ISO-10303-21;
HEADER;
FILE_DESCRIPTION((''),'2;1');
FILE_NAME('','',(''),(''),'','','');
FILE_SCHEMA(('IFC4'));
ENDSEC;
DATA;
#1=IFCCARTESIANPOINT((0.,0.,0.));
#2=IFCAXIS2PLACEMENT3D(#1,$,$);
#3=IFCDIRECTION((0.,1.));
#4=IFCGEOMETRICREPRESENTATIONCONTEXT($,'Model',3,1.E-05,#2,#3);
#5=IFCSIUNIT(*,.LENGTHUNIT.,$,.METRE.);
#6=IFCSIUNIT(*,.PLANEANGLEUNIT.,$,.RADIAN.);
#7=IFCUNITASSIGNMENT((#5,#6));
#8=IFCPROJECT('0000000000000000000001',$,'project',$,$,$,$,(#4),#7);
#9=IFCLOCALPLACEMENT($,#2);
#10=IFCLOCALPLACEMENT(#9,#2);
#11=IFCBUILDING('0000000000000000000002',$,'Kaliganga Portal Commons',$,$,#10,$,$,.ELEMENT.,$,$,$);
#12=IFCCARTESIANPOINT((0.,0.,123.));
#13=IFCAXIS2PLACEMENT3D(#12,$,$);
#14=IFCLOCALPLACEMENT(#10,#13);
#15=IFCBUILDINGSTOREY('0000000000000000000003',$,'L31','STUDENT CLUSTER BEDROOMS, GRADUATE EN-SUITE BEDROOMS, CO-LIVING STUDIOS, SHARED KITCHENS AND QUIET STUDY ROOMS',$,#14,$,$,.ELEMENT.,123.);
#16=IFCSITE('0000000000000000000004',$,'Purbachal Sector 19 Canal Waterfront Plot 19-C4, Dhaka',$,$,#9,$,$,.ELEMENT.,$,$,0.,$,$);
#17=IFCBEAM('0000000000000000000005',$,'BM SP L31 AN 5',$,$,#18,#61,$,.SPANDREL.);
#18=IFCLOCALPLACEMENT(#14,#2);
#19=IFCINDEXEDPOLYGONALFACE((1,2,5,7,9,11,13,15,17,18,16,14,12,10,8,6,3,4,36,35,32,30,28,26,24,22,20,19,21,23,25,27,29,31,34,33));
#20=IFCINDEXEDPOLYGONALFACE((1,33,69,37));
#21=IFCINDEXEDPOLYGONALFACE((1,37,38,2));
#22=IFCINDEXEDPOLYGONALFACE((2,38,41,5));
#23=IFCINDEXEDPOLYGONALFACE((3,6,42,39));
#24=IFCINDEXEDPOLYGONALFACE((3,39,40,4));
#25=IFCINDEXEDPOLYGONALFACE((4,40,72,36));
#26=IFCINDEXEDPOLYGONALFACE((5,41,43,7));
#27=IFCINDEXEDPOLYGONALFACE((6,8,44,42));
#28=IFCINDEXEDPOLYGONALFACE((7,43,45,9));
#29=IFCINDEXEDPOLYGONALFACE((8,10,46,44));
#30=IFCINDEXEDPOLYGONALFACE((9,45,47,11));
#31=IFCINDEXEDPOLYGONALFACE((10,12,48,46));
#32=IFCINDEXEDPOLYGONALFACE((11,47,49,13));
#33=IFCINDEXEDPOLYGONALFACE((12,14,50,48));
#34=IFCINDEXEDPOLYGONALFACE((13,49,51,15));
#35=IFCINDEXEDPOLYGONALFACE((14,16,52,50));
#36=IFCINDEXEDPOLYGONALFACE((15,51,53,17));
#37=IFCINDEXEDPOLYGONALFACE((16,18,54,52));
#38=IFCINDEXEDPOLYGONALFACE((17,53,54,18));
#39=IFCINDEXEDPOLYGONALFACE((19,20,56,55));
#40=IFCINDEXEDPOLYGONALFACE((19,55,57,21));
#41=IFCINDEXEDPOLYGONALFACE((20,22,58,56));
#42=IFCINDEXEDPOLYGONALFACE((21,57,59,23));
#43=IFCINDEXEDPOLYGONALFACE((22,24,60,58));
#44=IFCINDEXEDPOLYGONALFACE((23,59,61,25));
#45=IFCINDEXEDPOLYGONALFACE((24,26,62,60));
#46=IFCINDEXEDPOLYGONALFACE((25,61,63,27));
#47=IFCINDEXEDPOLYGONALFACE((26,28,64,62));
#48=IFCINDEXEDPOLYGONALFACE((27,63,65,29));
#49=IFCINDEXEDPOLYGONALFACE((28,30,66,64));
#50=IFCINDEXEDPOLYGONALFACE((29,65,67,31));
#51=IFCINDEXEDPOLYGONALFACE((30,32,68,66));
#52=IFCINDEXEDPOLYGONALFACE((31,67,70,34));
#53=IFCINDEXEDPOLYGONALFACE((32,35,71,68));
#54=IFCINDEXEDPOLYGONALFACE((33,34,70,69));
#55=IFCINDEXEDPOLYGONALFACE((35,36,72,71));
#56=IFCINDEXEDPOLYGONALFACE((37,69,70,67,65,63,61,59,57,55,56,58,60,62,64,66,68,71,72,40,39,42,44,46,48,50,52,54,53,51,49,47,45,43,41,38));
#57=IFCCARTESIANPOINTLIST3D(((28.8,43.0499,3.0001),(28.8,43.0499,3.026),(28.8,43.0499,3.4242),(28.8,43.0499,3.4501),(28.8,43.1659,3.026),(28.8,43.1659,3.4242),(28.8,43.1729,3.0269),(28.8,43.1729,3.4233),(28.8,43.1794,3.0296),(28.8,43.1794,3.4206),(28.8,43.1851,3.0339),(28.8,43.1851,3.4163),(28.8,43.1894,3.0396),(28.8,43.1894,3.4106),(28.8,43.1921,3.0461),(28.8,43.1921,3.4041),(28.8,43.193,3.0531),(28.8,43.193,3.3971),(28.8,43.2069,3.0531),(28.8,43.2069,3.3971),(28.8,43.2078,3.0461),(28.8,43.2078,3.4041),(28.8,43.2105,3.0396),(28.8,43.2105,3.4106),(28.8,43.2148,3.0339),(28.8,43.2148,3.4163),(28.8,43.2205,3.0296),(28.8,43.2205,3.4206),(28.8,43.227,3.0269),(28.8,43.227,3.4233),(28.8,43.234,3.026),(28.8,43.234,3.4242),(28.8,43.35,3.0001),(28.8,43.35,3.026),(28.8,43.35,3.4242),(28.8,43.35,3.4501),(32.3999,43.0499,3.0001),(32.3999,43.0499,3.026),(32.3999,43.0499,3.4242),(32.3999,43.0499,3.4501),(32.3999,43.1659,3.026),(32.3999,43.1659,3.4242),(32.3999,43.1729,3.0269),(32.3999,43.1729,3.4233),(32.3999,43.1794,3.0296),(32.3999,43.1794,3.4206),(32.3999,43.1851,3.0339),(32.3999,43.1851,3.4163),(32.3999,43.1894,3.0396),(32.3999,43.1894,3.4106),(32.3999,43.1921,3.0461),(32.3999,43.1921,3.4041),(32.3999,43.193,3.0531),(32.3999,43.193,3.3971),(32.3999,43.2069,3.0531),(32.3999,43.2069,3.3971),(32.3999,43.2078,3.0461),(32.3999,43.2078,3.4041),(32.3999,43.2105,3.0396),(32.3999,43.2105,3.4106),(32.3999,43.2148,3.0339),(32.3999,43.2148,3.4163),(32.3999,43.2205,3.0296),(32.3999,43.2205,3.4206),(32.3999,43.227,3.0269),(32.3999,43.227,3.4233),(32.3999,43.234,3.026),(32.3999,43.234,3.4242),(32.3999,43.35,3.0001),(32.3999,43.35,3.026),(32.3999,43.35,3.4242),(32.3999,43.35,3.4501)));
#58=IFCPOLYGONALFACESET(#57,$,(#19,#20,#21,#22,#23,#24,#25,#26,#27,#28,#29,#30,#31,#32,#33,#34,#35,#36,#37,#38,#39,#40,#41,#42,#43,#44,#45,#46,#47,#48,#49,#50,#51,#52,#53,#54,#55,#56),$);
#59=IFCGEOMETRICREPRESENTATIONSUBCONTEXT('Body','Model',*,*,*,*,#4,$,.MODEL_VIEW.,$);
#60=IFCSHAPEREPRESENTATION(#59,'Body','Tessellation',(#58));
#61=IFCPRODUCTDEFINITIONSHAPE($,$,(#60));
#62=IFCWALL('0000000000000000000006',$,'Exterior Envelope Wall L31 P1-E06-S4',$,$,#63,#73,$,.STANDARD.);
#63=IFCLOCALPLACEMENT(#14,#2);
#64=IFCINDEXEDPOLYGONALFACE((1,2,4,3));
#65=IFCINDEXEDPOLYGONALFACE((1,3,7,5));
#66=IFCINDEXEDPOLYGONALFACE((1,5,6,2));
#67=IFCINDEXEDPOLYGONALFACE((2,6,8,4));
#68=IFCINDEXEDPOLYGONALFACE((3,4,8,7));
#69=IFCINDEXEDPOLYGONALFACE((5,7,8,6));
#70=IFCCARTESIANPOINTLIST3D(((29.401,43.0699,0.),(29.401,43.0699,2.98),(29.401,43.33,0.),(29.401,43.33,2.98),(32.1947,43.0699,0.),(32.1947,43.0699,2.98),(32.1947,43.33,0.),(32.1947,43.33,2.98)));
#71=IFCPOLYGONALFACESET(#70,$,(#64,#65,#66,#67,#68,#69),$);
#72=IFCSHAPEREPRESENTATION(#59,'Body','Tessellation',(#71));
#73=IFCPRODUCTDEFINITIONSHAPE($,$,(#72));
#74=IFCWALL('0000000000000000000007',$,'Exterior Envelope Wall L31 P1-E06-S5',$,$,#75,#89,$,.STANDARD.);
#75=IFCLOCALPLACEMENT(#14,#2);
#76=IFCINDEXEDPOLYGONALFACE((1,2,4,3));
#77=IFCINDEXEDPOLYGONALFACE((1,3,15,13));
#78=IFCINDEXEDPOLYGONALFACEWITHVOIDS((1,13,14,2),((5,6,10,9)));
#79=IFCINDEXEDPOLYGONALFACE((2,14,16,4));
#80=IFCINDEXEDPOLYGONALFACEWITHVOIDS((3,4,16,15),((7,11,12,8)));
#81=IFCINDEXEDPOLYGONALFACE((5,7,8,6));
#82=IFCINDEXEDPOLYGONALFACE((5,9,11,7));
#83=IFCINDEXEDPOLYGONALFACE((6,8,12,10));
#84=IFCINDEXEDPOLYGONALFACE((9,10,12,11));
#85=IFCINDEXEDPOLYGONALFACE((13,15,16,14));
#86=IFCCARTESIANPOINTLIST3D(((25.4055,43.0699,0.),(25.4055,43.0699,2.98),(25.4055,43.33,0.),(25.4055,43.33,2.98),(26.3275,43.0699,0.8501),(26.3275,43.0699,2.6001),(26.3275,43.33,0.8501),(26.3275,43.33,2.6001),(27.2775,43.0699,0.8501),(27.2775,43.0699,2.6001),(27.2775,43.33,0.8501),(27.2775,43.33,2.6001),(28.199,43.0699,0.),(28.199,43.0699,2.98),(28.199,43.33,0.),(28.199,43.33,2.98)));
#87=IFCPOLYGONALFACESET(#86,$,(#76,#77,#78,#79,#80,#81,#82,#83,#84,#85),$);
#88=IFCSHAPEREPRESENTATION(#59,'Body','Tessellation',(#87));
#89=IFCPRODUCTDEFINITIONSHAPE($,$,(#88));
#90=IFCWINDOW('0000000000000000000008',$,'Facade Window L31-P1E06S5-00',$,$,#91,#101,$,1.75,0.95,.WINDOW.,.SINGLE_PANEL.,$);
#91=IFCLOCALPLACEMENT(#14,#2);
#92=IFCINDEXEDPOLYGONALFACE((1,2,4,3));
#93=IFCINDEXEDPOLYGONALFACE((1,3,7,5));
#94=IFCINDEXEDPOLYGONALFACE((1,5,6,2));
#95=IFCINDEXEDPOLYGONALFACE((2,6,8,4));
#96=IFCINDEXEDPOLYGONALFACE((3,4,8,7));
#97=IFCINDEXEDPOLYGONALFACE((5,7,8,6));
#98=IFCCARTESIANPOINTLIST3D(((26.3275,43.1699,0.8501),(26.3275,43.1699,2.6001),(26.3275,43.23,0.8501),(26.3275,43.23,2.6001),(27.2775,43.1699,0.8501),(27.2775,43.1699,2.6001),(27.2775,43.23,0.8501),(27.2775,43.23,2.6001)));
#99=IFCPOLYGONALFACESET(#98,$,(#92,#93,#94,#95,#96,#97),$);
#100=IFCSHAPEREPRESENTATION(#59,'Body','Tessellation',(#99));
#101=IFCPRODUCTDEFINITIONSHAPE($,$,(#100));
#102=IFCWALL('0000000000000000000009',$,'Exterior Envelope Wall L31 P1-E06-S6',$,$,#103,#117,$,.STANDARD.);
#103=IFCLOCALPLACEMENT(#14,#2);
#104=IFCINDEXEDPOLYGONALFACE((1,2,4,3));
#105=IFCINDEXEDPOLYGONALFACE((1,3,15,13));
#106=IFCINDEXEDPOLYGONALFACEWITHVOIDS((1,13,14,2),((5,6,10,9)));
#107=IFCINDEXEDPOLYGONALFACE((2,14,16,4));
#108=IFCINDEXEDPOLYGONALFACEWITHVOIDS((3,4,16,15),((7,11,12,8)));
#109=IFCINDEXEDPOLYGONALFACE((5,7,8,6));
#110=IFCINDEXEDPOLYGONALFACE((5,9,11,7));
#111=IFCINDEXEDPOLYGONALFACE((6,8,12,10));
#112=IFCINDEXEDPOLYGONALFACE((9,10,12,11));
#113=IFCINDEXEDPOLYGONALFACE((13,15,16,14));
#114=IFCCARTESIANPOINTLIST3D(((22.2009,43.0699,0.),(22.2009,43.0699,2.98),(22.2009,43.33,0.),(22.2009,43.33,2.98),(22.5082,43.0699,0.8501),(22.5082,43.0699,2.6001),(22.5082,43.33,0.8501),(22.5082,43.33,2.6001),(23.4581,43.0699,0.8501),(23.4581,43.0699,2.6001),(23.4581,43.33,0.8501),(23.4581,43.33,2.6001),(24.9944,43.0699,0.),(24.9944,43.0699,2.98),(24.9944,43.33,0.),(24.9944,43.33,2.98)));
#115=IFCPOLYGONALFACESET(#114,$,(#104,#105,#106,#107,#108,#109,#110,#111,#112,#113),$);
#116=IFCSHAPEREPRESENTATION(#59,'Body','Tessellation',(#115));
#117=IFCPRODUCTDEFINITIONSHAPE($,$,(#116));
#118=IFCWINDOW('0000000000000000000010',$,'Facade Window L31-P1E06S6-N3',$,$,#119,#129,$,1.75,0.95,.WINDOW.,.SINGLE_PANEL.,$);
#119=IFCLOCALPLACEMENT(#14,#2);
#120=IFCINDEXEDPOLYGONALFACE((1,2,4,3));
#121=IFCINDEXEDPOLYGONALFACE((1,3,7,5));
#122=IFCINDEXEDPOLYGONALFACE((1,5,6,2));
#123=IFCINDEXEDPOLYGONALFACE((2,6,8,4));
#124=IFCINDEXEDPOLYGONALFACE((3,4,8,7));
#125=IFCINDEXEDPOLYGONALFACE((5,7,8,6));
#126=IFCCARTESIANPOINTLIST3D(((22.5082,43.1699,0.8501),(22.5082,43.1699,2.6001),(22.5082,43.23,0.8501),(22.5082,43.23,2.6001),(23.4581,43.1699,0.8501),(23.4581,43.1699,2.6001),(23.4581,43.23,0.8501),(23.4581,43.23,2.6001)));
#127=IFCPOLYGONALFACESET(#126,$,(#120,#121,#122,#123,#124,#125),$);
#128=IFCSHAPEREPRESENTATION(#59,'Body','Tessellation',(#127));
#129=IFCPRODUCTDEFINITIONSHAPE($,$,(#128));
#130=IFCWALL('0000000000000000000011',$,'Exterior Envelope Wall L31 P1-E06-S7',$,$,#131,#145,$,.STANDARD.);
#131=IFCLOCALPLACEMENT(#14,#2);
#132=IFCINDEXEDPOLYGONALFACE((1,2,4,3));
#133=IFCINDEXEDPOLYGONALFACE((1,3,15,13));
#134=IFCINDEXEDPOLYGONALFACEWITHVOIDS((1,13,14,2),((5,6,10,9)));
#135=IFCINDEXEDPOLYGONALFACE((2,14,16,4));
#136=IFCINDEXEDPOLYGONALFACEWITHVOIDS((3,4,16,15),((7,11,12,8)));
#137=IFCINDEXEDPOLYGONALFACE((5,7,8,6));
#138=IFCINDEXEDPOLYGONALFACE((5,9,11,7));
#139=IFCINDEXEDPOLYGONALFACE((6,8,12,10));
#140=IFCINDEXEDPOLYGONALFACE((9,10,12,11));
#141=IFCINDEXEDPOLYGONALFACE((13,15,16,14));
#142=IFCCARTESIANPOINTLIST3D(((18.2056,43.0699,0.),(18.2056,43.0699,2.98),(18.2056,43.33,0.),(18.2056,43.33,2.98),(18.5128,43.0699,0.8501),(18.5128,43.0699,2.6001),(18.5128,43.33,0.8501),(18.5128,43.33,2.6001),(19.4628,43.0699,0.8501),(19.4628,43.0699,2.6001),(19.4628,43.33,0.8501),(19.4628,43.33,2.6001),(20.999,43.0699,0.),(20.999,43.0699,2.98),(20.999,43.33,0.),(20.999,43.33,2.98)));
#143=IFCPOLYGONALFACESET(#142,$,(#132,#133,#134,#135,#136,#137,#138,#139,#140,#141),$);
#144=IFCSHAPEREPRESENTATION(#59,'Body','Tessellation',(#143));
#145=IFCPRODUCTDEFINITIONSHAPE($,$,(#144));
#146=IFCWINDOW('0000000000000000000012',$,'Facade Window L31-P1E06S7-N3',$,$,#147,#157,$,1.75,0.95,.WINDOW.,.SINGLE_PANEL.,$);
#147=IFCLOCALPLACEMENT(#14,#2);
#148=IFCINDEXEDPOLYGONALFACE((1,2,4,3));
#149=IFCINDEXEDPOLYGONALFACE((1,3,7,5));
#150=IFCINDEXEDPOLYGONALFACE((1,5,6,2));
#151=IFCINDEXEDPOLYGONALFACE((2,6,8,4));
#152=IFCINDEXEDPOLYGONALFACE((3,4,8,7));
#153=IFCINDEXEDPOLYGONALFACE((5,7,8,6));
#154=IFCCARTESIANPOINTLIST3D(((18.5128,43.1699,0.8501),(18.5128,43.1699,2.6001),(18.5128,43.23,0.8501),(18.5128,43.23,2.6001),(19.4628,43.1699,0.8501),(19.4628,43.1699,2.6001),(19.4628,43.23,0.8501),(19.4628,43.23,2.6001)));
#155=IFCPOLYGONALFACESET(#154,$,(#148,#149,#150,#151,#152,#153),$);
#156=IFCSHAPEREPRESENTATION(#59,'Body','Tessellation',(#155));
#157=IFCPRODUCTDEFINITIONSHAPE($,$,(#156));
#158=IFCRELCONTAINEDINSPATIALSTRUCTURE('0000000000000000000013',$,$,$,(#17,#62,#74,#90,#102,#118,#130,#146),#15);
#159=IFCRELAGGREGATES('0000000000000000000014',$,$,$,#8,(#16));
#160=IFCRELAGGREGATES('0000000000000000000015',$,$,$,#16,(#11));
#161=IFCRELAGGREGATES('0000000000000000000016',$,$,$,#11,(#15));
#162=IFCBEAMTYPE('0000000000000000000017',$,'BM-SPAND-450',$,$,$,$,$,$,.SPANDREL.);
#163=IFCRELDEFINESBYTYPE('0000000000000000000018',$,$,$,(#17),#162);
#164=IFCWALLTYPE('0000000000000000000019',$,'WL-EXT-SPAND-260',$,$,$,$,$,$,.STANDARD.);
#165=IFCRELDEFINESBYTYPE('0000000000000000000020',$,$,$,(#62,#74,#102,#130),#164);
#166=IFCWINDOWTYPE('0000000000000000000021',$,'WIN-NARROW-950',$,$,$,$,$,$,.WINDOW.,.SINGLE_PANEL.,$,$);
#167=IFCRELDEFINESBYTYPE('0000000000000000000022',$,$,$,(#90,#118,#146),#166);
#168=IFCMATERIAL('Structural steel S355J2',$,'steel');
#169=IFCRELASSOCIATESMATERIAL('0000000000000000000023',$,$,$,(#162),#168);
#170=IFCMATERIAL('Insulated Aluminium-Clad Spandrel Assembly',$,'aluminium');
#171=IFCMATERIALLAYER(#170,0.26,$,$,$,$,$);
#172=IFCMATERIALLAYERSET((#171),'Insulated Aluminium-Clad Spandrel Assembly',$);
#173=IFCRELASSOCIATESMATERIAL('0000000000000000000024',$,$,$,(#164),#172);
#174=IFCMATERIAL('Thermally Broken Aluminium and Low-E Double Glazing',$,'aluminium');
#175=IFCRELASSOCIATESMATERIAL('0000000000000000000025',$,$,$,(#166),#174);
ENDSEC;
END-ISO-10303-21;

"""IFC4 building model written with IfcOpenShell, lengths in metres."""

from ifc_helpers import new_model, si_unit, direction, frame, frame_2d, origin, origin_2d, place, context, subcontext, project, spatial, rectangle, i_section, extrude, source, transform, mapped, material, layer, layer_set, material_profile, profile_set, type_object, element, fill, save


model = new_model("IFC4")

# Units and contexts
model_context = context("Model", 3, precision=1e-05, world=origin(), true_north=direction((0.0, 1.0)))
body_context = subcontext(model_context, "Body", "Model", "MODEL_VIEW")
ifc_project = project(units=[si_unit("LENGTHUNIT", "METRE"), si_unit("PLANEANGLEUNIT", "RADIAN")], contexts=[model_context])

# Site, building, storey
site_placement = place(None, origin())
site = spatial("IfcSite", under=ifc_project, at=site_placement, Name="Purbachal Sector 19 Canal Waterfront Plot 19-C4, Dhaka", CompositionType="ELEMENT", RefElevation=0.0)
building_placement = place(site_placement, origin())
building = spatial("IfcBuilding", under=site, at=building_placement, Name="Kaliganga Portal Commons", CompositionType="ELEMENT")
storey_placement = place(building_placement, frame((0.0, 0.0, 123.0)))
storey = spatial("IfcBuildingStorey", under=building, at=storey_placement, Name="L31", Description="STUDENT CLUSTER BEDROOMS, GRADUATE EN-SUITE BEDROOMS, CO-LIVING STUDIOS, SHARED KITCHENS AND QUIET STUDY ROOMS", CompositionType="ELEMENT", Elevation=123.0)

# Beam
ifc_material_1 = material(Name="Structural steel S355J2", Category="steel")
ifc_material_profile_1 = material_profile(ifc_material_1, i_section(OverallWidth=0.3, OverallDepth=0.45, WebThickness=0.0139, FlangeThickness=0.0259, FilletRadius=0.0271, at=origin_2d()), Name="HE 450 B")
ifc_profile_set_1 = profile_set([ifc_material_profile_1], Name="Structural steel S355J2 wide-flange")
beam_type_1 = type_object("IfcBeamType", Name="BM-SPAND-450", PredefinedType="SPANDREL", material=ifc_profile_set_1)
shared_shape_1 = source(origin(), body_context, "Body", "SweptSolid", [
    extrude(i_section(OverallWidth=0.3, OverallDepth=0.45, WebThickness=0.0139, FlangeThickness=0.0259, FilletRadius=0.0271, at=origin_2d()), origin(), (0.0, 0.0, 1.0), 3.5999),
])
for number, where, z_axis, x_axis, name in (
    (1, (28.8, 43.2, 3.2251), (1.0, 0.0, 0.0), (0.0, 1.0, 0.0), "BM SP L31 AN 5"),
):
    element("IfcBeam", number, at=place(storey_placement, frame(where, z_axis=z_axis, x_axis=x_axis)), inside=storey, type_object=beam_type_1, Name=name, PredefinedType="SPANDREL", context=body_context, shape_type="MappedRepresentation", body=[
        mapped(shared_shape_1, transform((0.0, 0.0, 0.0), x_axis=(1.0, 0.0, 0.0), y_axis=(0.0, 1.0, 0.0), z_axis=(0.0, 0.0, 1.0), scale=1.0)),
    ])

# Wall
ifc_material_2 = material(Name="Insulated Aluminium-Clad Spandrel Assembly", Category="aluminium")
ifc_layer_1 = layer(ifc_material_2, 0.26)
ifc_layer_set_1 = layer_set([ifc_layer_1], Name="Insulated Aluminium-Clad Spandrel Assembly")
wall_type_1 = type_object("IfcWallType", Name="WL-EXT-SPAND-260", PredefinedType="STANDARD", material=ifc_layer_set_1)
wall_1_placement = place(storey_placement, frame((29.4009, 43.2, 0.0), z_axis=(0.0, 0.0, 1.0), x_axis=(1.0, 0.0, 0.0)))
element("IfcWall", 2, at=wall_1_placement, inside=storey, type_object=wall_type_1, Name="Exterior Envelope Wall L31 P1-E06-S4", PredefinedType="STANDARD", context=body_context, shape_type="SweptSolid", body=[
    extrude(rectangle(XDim=2.7937, YDim=0.26, at=frame_2d((1.397, 0.0))), origin(), (0.0, 0.0, 1.0), 2.98),
])

# Walls, openings, windows
wall_2_placement = place(storey_placement, frame((25.4055, 43.2, 0.0), z_axis=(0.0, 0.0, 1.0), x_axis=(1.0, 0.0, 0.0)))
wall_2 = element("IfcWall", 3, at=wall_2_placement, inside=storey, type_object=wall_type_1, Name="Exterior Envelope Wall L31 P1-E06-S5", PredefinedType="STANDARD", context=body_context, shape_type="SweptSolid", body=[
    extrude(rectangle(XDim=2.7935, YDim=0.26, at=frame_2d((1.3967, 0.0))), origin(), (0.0, 0.0, 1.0), 2.98),
])
opening_1_placement = place(wall_2_placement, frame((0.9219, 0.0, 0.8501)))
opening_1 = element("IfcOpeningElement", 4, at=opening_1_placement, cuts=wall_2, PredefinedType="OPENING", context=body_context, shape_type="SweptSolid", body=[
    extrude(rectangle(XDim=0.95, YDim=1.75, at=frame_2d((0.4751, 0.875))), frame((0.0, 0.1401, 0.0), z_axis=(0.0, -1.0, 0.0), x_axis=(1.0, 0.0, 0.0)), (0.0, 0.0, 1.0), 0.28),
])
ifc_material_3 = material(Name="Thermally Broken Aluminium and Low-E Double Glazing", Category="aluminium")
window_type = type_object("IfcWindowType", Name="WIN-NARROW-950", PartitioningType="SINGLE_PANEL", PredefinedType="WINDOW", material=ifc_material_3)
window_1_placement = place(opening_1_placement, origin())
window_1 = element("IfcWindow", 5, at=window_1_placement, inside=storey, type_object=window_type, Name="Facade Window L31-P1E06S5-00", OverallHeight=1.75, OverallWidth=0.95, PartitioningType="SINGLE_PANEL", PredefinedType="WINDOW", context=body_context, shape_type="SweptSolid", body=[
    extrude(rectangle(XDim=0.95, YDim=1.75, at=frame_2d((0.4751, 0.875))), frame((0.0, 0.03, 0.0), z_axis=(0.0, -1.0, 0.0), x_axis=(1.0, 0.0, 0.0)), (0.0, 0.0, 1.0), 0.0601),
])
fill(opening_1, window_1)
wall_3_placement = place(storey_placement, frame((22.2009, 43.2, 0.0), z_axis=(0.0, 0.0, 1.0), x_axis=(1.0, 0.0, 0.0)))
wall_3 = element("IfcWall", 6, at=wall_3_placement, inside=storey, type_object=wall_type_1, Name="Exterior Envelope Wall L31 P1-E06-S6", PredefinedType="STANDARD", context=body_context, shape_type="SweptSolid", body=[
    extrude(rectangle(XDim=2.7935, YDim=0.26, at=frame_2d((1.3967, 0.0))), origin(), (0.0, 0.0, 1.0), 2.98),
])
opening_2_placement = place(wall_3_placement, frame((0.3071, 0.0, 0.8501)))
opening_2 = element("IfcOpeningElement", 7, at=opening_2_placement, cuts=wall_3, PredefinedType="OPENING", context=body_context, shape_type="SweptSolid", body=[
    extrude(rectangle(XDim=0.95, YDim=1.75, at=frame_2d((0.4751, 0.875))), frame((0.0, 0.1401, 0.0), z_axis=(0.0, -1.0, 0.0), x_axis=(1.0, 0.0, 0.0)), (0.0, 0.0, 1.0), 0.28),
])
window_2_placement = place(opening_2_placement, origin())
window_2 = element("IfcWindow", 8, at=window_2_placement, inside=storey, type_object=window_type, Name="Facade Window L31-P1E06S6-N3", OverallHeight=1.75, OverallWidth=0.95, PartitioningType="SINGLE_PANEL", PredefinedType="WINDOW", context=body_context, shape_type="SweptSolid", body=[
    extrude(rectangle(XDim=0.95, YDim=1.75, at=frame_2d((0.4751, 0.875))), frame((0.0, 0.03, 0.0), z_axis=(0.0, -1.0, 0.0), x_axis=(1.0, 0.0, 0.0)), (0.0, 0.0, 1.0), 0.0601),
])
fill(opening_2, window_2)
wall_4_placement = place(storey_placement, frame((18.2056, 43.2, 0.0), z_axis=(0.0, 0.0, 1.0), x_axis=(1.0, 0.0, 0.0)))
wall_4 = element("IfcWall", 9, at=wall_4_placement, inside=storey, type_object=wall_type_1, Name="Exterior Envelope Wall L31 P1-E06-S7", PredefinedType="STANDARD", context=body_context, shape_type="SweptSolid", body=[
    extrude(rectangle(XDim=2.7935, YDim=0.26, at=frame_2d((1.3967, 0.0))), origin(), (0.0, 0.0, 1.0), 2.98),
])
opening_3_placement = place(wall_4_placement, frame((0.3071, 0.0, 0.8501)))
opening_3 = element("IfcOpeningElement", 10, at=opening_3_placement, cuts=wall_4, PredefinedType="OPENING", context=body_context, shape_type="SweptSolid", body=[
    extrude(rectangle(XDim=0.95, YDim=1.75, at=frame_2d((0.4751, 0.875))), frame((0.0, 0.1401, 0.0), z_axis=(0.0, -1.0, 0.0), x_axis=(1.0, 0.0, 0.0)), (0.0, 0.0, 1.0), 0.28),
])
window_3_placement = place(opening_3_placement, origin())
window_3 = element("IfcWindow", 11, at=window_3_placement, inside=storey, type_object=window_type, Name="Facade Window L31-P1E06S7-N3", OverallHeight=1.75, OverallWidth=0.95, PartitioningType="SINGLE_PANEL", PredefinedType="WINDOW", context=body_context, shape_type="SweptSolid", body=[
    extrude(rectangle(XDim=0.95, YDim=1.75, at=frame_2d((0.4751, 0.875))), frame((0.0, 0.03, 0.0), z_axis=(0.0, -1.0, 0.0), x_axis=(1.0, 0.0, 0.0)), (0.0, 0.0, 1.0), 0.0601),
])
fill(opening_3, window_3)

save(model, "model.ifc")
